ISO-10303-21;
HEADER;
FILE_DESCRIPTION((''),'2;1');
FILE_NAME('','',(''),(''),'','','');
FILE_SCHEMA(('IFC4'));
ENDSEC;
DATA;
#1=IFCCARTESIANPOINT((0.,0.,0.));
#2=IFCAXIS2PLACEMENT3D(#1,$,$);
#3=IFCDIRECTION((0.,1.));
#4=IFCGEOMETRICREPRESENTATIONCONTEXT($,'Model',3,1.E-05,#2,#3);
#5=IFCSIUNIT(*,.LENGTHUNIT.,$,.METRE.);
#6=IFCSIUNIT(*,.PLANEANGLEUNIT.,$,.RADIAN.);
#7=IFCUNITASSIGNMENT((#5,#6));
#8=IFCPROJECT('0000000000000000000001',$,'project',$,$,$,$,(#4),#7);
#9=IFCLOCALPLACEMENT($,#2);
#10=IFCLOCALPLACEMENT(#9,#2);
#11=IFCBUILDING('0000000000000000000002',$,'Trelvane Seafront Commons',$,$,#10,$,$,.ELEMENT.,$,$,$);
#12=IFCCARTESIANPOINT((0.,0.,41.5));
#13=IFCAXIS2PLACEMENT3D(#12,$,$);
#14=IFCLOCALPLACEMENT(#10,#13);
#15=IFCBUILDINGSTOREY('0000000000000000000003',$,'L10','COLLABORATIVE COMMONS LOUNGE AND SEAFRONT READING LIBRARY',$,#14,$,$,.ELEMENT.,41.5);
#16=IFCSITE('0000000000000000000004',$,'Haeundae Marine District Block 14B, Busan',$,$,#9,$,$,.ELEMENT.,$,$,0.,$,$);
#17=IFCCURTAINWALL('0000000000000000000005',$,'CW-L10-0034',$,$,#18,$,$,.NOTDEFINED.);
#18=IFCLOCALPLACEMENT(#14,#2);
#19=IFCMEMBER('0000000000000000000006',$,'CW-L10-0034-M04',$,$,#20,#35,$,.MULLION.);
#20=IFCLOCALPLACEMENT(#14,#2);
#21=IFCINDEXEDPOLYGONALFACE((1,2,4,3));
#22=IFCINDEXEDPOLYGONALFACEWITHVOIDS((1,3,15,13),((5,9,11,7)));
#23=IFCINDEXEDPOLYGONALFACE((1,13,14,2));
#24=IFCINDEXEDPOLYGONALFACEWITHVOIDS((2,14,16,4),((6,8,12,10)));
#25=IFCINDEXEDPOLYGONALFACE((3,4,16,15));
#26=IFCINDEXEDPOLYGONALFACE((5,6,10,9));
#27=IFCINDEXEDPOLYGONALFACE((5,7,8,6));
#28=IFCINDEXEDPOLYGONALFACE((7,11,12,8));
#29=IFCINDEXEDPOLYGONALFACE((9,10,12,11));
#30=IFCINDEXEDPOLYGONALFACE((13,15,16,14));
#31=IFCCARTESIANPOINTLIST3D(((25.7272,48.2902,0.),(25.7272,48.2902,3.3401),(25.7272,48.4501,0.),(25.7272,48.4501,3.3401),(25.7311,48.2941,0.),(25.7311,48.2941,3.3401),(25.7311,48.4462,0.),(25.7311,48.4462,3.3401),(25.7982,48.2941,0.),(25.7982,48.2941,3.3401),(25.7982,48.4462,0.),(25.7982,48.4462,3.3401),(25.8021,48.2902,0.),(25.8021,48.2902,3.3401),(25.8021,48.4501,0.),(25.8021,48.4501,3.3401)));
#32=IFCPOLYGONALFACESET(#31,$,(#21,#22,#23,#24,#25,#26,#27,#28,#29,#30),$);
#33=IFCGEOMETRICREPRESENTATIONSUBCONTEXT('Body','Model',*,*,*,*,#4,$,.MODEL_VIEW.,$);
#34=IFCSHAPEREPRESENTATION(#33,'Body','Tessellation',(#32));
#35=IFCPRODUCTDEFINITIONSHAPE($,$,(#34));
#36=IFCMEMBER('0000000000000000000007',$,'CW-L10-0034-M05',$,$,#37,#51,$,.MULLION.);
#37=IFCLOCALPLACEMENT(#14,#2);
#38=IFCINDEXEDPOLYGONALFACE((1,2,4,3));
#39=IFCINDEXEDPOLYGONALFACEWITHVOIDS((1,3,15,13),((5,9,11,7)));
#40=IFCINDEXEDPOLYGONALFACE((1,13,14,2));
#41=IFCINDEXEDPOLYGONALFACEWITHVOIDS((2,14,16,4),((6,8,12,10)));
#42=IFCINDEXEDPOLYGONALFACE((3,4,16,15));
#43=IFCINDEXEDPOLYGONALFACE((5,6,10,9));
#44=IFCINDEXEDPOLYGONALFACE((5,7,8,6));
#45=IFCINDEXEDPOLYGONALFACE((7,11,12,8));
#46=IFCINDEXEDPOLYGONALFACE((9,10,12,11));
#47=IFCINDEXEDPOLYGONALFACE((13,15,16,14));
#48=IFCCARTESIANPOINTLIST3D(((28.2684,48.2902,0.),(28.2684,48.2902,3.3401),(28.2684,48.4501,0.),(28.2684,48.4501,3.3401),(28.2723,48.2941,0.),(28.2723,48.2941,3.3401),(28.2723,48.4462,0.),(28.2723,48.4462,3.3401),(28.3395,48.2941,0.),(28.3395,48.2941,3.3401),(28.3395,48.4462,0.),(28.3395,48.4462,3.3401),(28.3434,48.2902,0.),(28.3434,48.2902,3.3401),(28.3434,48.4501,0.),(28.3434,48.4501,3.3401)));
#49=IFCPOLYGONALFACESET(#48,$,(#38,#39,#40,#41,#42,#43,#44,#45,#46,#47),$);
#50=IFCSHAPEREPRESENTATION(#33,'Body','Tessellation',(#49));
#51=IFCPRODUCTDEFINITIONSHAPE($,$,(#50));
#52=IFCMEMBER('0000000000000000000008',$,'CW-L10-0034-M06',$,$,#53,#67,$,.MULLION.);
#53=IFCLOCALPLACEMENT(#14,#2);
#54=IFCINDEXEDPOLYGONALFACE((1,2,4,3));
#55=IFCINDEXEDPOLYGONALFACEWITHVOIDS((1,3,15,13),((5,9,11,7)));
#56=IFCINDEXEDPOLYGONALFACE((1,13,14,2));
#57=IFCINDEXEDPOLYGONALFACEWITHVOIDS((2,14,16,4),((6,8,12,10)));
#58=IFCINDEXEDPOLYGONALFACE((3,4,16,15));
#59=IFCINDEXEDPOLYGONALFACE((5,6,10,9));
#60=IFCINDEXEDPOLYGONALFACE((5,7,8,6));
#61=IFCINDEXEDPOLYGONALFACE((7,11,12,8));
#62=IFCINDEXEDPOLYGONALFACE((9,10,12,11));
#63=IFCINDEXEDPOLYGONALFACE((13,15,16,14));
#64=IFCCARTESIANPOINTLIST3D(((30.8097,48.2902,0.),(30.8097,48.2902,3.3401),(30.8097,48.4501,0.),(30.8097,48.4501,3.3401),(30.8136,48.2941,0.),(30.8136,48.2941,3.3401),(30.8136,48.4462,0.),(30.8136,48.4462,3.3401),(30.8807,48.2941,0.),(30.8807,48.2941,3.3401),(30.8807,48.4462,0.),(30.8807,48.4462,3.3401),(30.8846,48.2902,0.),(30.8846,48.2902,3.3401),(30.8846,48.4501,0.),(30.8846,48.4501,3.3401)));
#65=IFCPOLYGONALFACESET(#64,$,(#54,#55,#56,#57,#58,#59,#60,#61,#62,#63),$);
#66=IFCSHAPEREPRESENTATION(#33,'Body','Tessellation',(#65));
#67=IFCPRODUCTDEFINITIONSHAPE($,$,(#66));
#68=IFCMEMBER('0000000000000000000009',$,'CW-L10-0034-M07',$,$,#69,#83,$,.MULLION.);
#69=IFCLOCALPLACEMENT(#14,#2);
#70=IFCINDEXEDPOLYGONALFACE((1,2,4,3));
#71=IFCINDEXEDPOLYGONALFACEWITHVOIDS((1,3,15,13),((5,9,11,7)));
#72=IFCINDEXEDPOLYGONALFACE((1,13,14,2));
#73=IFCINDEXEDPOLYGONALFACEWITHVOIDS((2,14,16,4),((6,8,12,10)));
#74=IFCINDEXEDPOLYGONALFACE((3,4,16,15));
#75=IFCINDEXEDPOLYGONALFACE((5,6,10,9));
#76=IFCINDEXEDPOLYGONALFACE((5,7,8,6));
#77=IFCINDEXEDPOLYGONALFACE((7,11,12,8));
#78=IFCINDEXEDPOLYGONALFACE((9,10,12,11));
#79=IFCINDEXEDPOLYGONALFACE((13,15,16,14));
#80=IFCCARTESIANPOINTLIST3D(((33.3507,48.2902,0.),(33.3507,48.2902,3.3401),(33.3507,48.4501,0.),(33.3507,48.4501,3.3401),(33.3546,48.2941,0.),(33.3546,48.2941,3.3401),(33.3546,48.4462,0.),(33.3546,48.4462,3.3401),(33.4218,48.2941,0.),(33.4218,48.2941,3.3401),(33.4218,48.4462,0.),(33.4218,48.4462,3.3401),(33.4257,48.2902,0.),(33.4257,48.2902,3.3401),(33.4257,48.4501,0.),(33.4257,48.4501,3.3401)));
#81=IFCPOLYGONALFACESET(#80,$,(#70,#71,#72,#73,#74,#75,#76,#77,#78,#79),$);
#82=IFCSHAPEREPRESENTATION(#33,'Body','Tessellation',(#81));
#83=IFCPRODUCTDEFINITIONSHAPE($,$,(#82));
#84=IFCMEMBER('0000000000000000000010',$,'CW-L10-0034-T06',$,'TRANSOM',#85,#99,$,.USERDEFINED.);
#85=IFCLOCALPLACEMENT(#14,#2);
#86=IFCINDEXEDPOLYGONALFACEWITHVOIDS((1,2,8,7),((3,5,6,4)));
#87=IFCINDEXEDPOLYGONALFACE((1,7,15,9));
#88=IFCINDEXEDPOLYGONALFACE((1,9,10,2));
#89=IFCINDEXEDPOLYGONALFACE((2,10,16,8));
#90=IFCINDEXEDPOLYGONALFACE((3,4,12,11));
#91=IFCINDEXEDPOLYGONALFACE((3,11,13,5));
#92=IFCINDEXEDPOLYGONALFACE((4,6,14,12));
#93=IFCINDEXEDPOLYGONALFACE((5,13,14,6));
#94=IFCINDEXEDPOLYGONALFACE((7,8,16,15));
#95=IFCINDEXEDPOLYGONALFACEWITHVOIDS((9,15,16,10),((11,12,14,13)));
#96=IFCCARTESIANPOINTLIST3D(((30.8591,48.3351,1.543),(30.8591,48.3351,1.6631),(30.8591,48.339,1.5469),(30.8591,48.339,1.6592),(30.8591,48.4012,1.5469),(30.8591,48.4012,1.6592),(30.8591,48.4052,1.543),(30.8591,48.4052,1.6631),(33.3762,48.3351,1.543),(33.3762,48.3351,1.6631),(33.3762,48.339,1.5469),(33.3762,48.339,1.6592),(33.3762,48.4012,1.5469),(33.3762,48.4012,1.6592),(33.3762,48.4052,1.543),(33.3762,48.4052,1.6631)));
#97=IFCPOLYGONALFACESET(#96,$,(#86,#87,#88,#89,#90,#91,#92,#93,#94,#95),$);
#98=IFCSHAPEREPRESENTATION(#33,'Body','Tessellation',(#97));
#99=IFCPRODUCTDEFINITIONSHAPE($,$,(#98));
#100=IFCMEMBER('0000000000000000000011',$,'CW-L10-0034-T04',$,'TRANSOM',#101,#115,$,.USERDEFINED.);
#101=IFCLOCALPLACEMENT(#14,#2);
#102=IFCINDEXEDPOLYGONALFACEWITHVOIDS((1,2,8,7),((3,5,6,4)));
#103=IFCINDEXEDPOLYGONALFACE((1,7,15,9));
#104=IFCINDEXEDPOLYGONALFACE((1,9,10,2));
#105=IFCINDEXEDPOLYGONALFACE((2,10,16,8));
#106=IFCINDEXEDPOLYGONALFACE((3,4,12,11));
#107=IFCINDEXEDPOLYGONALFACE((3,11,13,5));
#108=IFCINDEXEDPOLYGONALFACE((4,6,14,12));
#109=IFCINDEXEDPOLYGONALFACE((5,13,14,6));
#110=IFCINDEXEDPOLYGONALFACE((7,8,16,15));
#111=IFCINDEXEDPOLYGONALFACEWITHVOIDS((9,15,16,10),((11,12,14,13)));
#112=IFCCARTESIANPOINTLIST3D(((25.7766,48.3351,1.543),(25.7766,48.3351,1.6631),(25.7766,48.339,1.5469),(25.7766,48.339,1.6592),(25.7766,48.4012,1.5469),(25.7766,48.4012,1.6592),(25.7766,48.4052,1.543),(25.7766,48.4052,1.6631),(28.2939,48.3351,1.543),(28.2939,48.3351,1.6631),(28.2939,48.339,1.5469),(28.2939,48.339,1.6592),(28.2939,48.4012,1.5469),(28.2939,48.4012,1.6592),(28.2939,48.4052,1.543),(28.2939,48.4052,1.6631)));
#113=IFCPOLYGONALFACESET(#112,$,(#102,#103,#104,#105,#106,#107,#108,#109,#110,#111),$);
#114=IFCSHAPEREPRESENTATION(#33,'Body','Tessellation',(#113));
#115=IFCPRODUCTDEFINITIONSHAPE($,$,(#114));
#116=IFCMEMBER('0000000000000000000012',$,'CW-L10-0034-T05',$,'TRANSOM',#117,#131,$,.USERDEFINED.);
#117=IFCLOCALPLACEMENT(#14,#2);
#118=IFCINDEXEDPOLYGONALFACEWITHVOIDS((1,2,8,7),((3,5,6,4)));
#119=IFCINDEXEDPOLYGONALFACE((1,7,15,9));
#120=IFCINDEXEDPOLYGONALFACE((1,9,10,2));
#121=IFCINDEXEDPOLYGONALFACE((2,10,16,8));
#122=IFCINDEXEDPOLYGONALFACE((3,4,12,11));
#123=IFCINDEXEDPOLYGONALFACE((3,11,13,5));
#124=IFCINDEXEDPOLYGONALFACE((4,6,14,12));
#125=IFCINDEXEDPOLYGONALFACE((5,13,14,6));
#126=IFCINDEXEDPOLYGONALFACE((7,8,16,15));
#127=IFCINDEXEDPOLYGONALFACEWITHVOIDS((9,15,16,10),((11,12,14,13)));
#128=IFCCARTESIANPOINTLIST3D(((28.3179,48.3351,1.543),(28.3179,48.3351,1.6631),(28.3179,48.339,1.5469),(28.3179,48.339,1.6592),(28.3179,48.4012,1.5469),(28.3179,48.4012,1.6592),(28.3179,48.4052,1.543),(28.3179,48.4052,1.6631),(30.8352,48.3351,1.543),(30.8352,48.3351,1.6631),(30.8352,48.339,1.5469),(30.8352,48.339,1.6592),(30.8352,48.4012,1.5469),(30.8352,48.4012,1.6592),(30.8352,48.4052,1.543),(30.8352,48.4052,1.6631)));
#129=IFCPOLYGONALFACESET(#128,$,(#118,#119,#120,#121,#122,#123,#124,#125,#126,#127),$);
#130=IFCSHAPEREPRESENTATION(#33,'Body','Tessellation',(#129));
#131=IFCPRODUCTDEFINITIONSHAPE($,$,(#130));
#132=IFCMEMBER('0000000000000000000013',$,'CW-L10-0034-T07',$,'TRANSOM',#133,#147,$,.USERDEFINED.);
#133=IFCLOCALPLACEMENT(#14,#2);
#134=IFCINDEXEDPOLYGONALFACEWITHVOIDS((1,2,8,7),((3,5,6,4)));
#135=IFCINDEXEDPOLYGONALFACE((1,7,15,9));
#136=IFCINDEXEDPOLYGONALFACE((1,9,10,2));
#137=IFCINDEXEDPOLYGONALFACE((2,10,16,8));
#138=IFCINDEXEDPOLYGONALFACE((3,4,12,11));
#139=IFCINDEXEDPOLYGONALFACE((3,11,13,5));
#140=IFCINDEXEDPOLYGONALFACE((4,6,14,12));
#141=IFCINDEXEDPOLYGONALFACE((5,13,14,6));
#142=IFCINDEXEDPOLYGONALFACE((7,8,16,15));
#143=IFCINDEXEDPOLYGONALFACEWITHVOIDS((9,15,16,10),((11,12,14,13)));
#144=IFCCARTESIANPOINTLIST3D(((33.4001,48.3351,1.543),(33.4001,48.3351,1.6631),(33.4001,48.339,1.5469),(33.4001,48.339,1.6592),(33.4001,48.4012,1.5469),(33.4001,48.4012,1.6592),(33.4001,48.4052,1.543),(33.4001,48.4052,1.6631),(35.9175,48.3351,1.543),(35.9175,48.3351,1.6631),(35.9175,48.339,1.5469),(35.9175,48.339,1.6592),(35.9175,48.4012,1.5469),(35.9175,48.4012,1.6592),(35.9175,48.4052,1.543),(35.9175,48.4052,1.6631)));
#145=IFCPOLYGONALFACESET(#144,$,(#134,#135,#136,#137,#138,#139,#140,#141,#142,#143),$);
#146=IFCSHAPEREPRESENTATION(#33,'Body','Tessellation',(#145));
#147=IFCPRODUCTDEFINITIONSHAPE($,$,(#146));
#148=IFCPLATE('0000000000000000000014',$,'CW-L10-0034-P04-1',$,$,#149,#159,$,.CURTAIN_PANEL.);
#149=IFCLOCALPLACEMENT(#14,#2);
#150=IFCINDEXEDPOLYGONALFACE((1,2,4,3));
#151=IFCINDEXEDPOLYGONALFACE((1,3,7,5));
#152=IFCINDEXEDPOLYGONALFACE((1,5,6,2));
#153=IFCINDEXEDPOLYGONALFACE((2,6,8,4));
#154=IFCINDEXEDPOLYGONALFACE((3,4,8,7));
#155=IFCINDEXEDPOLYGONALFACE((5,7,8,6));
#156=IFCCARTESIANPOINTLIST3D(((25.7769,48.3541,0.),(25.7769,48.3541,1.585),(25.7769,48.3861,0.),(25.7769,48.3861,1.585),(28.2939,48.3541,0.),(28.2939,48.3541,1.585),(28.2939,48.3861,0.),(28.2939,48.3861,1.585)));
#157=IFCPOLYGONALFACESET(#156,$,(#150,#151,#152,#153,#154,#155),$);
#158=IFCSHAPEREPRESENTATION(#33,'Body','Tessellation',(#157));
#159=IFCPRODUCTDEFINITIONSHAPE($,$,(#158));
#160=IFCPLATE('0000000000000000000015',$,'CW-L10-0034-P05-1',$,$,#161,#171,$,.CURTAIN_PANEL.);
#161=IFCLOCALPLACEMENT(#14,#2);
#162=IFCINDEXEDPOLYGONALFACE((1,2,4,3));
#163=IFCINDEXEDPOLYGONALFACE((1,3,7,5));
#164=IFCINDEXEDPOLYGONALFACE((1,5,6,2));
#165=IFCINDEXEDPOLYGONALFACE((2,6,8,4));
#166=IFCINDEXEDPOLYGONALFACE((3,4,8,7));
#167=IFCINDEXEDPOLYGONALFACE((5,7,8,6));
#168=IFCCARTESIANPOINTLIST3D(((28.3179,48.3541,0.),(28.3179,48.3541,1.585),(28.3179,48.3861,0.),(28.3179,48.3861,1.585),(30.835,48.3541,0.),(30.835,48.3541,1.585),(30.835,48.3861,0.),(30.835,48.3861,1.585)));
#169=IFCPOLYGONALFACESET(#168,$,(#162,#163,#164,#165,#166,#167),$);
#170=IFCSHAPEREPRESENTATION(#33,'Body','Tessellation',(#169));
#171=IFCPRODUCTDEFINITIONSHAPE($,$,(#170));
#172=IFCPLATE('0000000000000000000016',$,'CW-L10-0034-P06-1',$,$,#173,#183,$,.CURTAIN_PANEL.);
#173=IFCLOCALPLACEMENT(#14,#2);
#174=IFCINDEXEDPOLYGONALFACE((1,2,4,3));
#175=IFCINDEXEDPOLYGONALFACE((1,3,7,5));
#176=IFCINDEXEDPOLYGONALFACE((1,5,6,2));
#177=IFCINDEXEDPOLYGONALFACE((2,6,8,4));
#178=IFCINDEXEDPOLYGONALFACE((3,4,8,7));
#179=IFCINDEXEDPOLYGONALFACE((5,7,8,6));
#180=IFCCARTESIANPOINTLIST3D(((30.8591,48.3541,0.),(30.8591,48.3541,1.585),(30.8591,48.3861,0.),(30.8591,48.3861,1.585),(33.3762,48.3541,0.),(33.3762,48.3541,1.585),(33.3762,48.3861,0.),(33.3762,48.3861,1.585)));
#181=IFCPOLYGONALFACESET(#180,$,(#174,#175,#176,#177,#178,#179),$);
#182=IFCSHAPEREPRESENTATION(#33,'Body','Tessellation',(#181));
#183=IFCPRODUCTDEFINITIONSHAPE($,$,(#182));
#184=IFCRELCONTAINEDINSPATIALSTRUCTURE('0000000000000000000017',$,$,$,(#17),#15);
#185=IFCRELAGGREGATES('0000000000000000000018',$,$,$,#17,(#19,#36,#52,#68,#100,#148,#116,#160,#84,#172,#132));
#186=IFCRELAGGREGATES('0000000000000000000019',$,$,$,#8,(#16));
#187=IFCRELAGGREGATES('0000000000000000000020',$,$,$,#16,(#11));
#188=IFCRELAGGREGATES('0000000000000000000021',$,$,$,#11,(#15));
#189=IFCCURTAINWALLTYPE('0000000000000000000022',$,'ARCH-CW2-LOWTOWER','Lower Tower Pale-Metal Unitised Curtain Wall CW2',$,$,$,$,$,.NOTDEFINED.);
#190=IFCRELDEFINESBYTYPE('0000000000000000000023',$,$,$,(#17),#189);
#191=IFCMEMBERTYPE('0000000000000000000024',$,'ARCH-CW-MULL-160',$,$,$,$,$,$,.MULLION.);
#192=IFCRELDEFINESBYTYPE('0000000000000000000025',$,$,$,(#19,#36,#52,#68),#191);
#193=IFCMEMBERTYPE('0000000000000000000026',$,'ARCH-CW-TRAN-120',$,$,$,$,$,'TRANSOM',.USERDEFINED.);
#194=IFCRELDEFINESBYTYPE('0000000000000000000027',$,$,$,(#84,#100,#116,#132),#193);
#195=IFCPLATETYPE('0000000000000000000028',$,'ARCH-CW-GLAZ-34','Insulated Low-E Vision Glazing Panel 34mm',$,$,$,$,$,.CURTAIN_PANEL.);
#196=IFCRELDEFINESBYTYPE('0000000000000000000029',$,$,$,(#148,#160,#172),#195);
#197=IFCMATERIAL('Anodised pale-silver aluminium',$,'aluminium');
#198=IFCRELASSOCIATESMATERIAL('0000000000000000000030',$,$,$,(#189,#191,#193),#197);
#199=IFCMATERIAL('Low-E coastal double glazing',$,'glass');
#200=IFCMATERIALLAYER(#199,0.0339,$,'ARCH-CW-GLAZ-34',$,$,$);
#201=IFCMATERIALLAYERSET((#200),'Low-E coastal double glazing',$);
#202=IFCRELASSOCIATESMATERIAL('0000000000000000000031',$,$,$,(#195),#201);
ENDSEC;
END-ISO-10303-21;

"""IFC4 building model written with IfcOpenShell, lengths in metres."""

from ifc_helpers import new_model, si_unit, direction, frame, origin, origin_2d, place, context, subcontext, project, spatial, rectangle, hollow_rectangle, extrude, source, transform, mapped, material, layer, layer_set, material_profile, profile_set, type_object, element, aggregate, save


model = new_model("IFC4")

# Units and contexts
model_context = context("Model", 3, precision=1e-05, world=origin(), true_north=direction((0.0, 1.0)))
body_context = subcontext(model_context, "Body", "Model", "MODEL_VIEW")
ifc_project = project(units=[si_unit("LENGTHUNIT", "METRE"), si_unit("PLANEANGLEUNIT", "RADIAN")], contexts=[model_context])

# Site, building, storey
site_placement = place(None, origin())
site = spatial("IfcSite", under=ifc_project, at=site_placement, Name="Haeundae Marine District Block 14B, Busan", CompositionType="ELEMENT", RefElevation=0.0)
building_placement = place(site_placement, origin())
building = spatial("IfcBuilding", under=site, at=building_placement, Name="Trelvane Seafront Commons", CompositionType="ELEMENT")
storey_placement = place(building_placement, frame((0.0, 0.0, 41.5)))
storey = spatial("IfcBuildingStorey", under=building, at=storey_placement, Name="L10", Description="COLLABORATIVE COMMONS LOUNGE AND SEAFRONT READING LIBRARY", CompositionType="ELEMENT", Elevation=41.5)

# Curtain wall, members, plates
ifc_material_1 = material(Name="Anodised pale-silver aluminium", Category="aluminium")
curtain_wall_type = type_object("IfcCurtainWallType", Name="ARCH-CW2-LOWTOWER", Description="Lower Tower Pale-Metal Unitised Curtain Wall CW2", PredefinedType="NOTDEFINED", material=ifc_material_1)
curtain_wall_placement = place(storey_placement, origin())
curtain_wall = element("IfcCurtainWall", 1, at=curtain_wall_placement, inside=storey, type_object=curtain_wall_type, Name="CW-L10-0034", PredefinedType="NOTDEFINED")
ifc_material_profile_1 = material_profile(ifc_material_1, hollow_rectangle(XDim=0.075, YDim=0.1599, WallThickness=0.0039, at=origin_2d()), Name="MULL-75x160x4")
ifc_profile_set_1 = profile_set([ifc_material_profile_1], Name="Anodised pale-silver aluminium")
member_type_1 = type_object("IfcMemberType", Name="ARCH-CW-MULL-160", PredefinedType="MULLION", material=ifc_profile_set_1)
shared_shape_1 = source(origin(), body_context, "Body", "SweptSolid", [
    extrude(hollow_rectangle(XDim=0.075, YDim=0.1599, WallThickness=0.0039, at=origin_2d()), origin(), (0.0, 0.0, 1.0), 3.3401),
])
member_1_placement = place(storey_placement, frame((25.7646, 48.3701, 0.0), z_axis=(0.0, 0.0, 1.0), x_axis=(1.0, 0.0, 0.0)))
member_1 = element("IfcMember", 2, at=member_1_placement, type_object=member_type_1, Name="CW-L10-0034-M04", PredefinedType="MULLION", context=body_context, shape_type="MappedRepresentation", body=[
    mapped(shared_shape_1, transform((0.0, 0.0, 0.0), x_axis=(1.0, 0.0, 0.0), y_axis=(0.0, 1.0, 0.0), z_axis=(0.0, 0.0, 1.0), scale=1.0)),
])
member_2_placement = place(storey_placement, frame((28.3059, 48.3701, 0.0), z_axis=(0.0, 0.0, 1.0), x_axis=(1.0, 0.0, 0.0)))
member_2 = element("IfcMember", 3, at=member_2_placement, type_object=member_type_1, Name="CW-L10-0034-M05", PredefinedType="MULLION", context=body_context, shape_type="MappedRepresentation", body=[
    mapped(shared_shape_1, transform((0.0, 0.0, 0.0), x_axis=(1.0, 0.0, 0.0), y_axis=(0.0, 1.0, 0.0), z_axis=(0.0, 0.0, 1.0), scale=1.0)),
])
member_3_placement = place(storey_placement, frame((30.8472, 48.3701, 0.0), z_axis=(0.0, 0.0, 1.0), x_axis=(1.0, 0.0, 0.0)))
member_3 = element("IfcMember", 4, at=member_3_placement, type_object=member_type_1, Name="CW-L10-0034-M06", PredefinedType="MULLION", context=body_context, shape_type="MappedRepresentation", body=[
    mapped(shared_shape_1, transform((0.0, 0.0, 0.0), x_axis=(1.0, 0.0, 0.0), y_axis=(0.0, 1.0, 0.0), z_axis=(0.0, 0.0, 1.0), scale=1.0)),
])
member_4_placement = place(storey_placement, frame((33.3882, 48.3701, 0.0), z_axis=(0.0, 0.0, 1.0), x_axis=(1.0, 0.0, 0.0)))
member_4 = element("IfcMember", 5, at=member_4_placement, type_object=member_type_1, Name="CW-L10-0034-M07", PredefinedType="MULLION", context=body_context, shape_type="MappedRepresentation", body=[
    mapped(shared_shape_1, transform((0.0, 0.0, 0.0), x_axis=(1.0, 0.0, 0.0), y_axis=(0.0, 1.0, 0.0), z_axis=(0.0, 0.0, 1.0), scale=1.0)),
])
ifc_material_profile_2 = material_profile(ifc_material_1, hollow_rectangle(XDim=0.0701, YDim=0.1201, WallThickness=0.0039, at=origin_2d()), Name="TRAN-70x120x4")
ifc_profile_set_2 = profile_set([ifc_material_profile_2], Name="Anodised pale-silver aluminium")
member_type_2 = type_object("IfcMemberType", Name="ARCH-CW-TRAN-120", ElementType="TRANSOM", PredefinedType="USERDEFINED", material=ifc_profile_set_2)
shared_shape_2 = source(origin(), body_context, "Body", "SweptSolid", [
    extrude(hollow_rectangle(XDim=0.0701, YDim=0.1201, WallThickness=0.0039, at=origin_2d()), origin(), (0.0, 0.0, 1.0), 2.5171),
])
member_5_placement = place(storey_placement, frame((30.8591, 48.3701, 1.603), z_axis=(1.0, 0.0, 0.0), x_axis=(0.0, 1.0, 0.0)))
member_5 = element("IfcMember", 6, at=member_5_placement, type_object=member_type_2, Name="CW-L10-0034-T06", ObjectType="TRANSOM", PredefinedType="USERDEFINED", context=body_context, shape_type="MappedRepresentation", body=[
    mapped(shared_shape_2, transform((0.0, 0.0, 0.0), x_axis=(1.0, 0.0, 0.0), y_axis=(0.0, 1.0, 0.0), z_axis=(0.0, 0.0, 1.0), scale=1.0)),
])
shared_shape_3 = source(origin(), body_context, "Body", "SweptSolid", [
    extrude(hollow_rectangle(XDim=0.0701, YDim=0.1201, WallThickness=0.0039, at=origin_2d()), origin(), (0.0, 0.0, 1.0), 2.5173),
])
member_6_placement = place(storey_placement, frame((25.7766, 48.3701, 1.603), z_axis=(1.0, 0.0, 0.0), x_axis=(0.0, 1.0, 0.0)))
member_6 = element("IfcMember", 7, at=member_6_placement, type_object=member_type_2, Name="CW-L10-0034-T04", ObjectType="TRANSOM", PredefinedType="USERDEFINED", context=body_context, shape_type="MappedRepresentation", body=[
    mapped(shared_shape_3, transform((0.0, 0.0, 0.0), x_axis=(1.0, 0.0, 0.0), y_axis=(0.0, 1.0, 0.0), z_axis=(0.0, 0.0, 1.0), scale=1.0)),
])
member_7_placement = place(storey_placement, frame((28.3179, 48.3701, 1.603), z_axis=(1.0, 0.0, 0.0), x_axis=(0.0, 1.0, 0.0)))
member_7 = element("IfcMember", 8, at=member_7_placement, type_object=member_type_2, Name="CW-L10-0034-T05", ObjectType="TRANSOM", PredefinedType="USERDEFINED", context=body_context, shape_type="MappedRepresentation", body=[
    mapped(shared_shape_3, transform((0.0, 0.0, 0.0), x_axis=(1.0, 0.0, 0.0), y_axis=(0.0, 1.0, 0.0), z_axis=(0.0, 0.0, 1.0), scale=1.0)),
])
member_8_placement = place(storey_placement, frame((33.4001, 48.3701, 1.603), z_axis=(1.0, 0.0, 0.0), x_axis=(0.0, 1.0, 0.0)))
member_8 = element("IfcMember", 9, at=member_8_placement, type_object=member_type_2, Name="CW-L10-0034-T07", ObjectType="TRANSOM", PredefinedType="USERDEFINED", context=body_context, shape_type="MappedRepresentation", body=[
    mapped(shared_shape_3, transform((0.0, 0.0, 0.0), x_axis=(1.0, 0.0, 0.0), y_axis=(0.0, 1.0, 0.0), z_axis=(0.0, 0.0, 1.0), scale=1.0)),
])
ifc_material_2 = material(Name="Low-E coastal double glazing", Category="glass")
ifc_layer_1 = layer(ifc_material_2, 0.0339, Name="ARCH-CW-GLAZ-34")
ifc_layer_set_1 = layer_set([ifc_layer_1], Name="Low-E coastal double glazing")
plate_type_1 = type_object("IfcPlateType", Name="ARCH-CW-GLAZ-34", Description="Insulated Low-E Vision Glazing Panel 34mm", PredefinedType="CURTAIN_PANEL", material=ifc_layer_set_1)
shared_shape_4 = source(origin(), body_context, "Body", "SweptSolid", [
    extrude(rectangle(XDim=2.5171, YDim=0.032, at=origin_2d()), origin(), (0.0, 0.0, 1.0), 1.585),
])
plate_1_placement = place(storey_placement, frame((27.0354, 48.3701, 0.0), z_axis=(0.0, 0.0, 1.0), x_axis=(1.0, 0.0, 0.0)))
plate_1 = element("IfcPlate", 10, at=plate_1_placement, type_object=plate_type_1, Name="CW-L10-0034-P04-1", PredefinedType="CURTAIN_PANEL", context=body_context, shape_type="MappedRepresentation", body=[
    mapped(shared_shape_4, transform((0.0, 0.0, 0.0), x_axis=(1.0, 0.0, 0.0), y_axis=(0.0, 1.0, 0.0), z_axis=(0.0, 0.0, 1.0), scale=1.0)),
])
plate_2_placement = place(storey_placement, frame((29.5764, 48.3701, 0.0), z_axis=(0.0, 0.0, 1.0), x_axis=(1.0, 0.0, 0.0)))
plate_2 = element("IfcPlate", 11, at=plate_2_placement, type_object=plate_type_1, Name="CW-L10-0034-P05-1", PredefinedType="CURTAIN_PANEL", context=body_context, shape_type="MappedRepresentation", body=[
    mapped(shared_shape_4, transform((0.0, 0.0, 0.0), x_axis=(1.0, 0.0, 0.0), y_axis=(0.0, 1.0, 0.0), z_axis=(0.0, 0.0, 1.0), scale=1.0)),
])
plate_3_placement = place(storey_placement, frame((32.1177, 48.3701, 0.0), z_axis=(0.0, 0.0, 1.0), x_axis=(1.0, 0.0, 0.0)))
plate_3 = element("IfcPlate", 12, at=plate_3_placement, type_object=plate_type_1, Name="CW-L10-0034-P06-1", PredefinedType="CURTAIN_PANEL", context=body_context, shape_type="MappedRepresentation", body=[
    mapped(shared_shape_4, transform((0.0, 0.0, 0.0), x_axis=(1.0, 0.0, 0.0), y_axis=(0.0, 1.0, 0.0), z_axis=(0.0, 0.0, 1.0), scale=1.0)),
])
aggregate(curtain_wall, [member_1, member_2, member_3, member_4, member_6, plate_1, member_7, plate_2, member_5, plate_3, member_8])

save(model, "model.ifc")
